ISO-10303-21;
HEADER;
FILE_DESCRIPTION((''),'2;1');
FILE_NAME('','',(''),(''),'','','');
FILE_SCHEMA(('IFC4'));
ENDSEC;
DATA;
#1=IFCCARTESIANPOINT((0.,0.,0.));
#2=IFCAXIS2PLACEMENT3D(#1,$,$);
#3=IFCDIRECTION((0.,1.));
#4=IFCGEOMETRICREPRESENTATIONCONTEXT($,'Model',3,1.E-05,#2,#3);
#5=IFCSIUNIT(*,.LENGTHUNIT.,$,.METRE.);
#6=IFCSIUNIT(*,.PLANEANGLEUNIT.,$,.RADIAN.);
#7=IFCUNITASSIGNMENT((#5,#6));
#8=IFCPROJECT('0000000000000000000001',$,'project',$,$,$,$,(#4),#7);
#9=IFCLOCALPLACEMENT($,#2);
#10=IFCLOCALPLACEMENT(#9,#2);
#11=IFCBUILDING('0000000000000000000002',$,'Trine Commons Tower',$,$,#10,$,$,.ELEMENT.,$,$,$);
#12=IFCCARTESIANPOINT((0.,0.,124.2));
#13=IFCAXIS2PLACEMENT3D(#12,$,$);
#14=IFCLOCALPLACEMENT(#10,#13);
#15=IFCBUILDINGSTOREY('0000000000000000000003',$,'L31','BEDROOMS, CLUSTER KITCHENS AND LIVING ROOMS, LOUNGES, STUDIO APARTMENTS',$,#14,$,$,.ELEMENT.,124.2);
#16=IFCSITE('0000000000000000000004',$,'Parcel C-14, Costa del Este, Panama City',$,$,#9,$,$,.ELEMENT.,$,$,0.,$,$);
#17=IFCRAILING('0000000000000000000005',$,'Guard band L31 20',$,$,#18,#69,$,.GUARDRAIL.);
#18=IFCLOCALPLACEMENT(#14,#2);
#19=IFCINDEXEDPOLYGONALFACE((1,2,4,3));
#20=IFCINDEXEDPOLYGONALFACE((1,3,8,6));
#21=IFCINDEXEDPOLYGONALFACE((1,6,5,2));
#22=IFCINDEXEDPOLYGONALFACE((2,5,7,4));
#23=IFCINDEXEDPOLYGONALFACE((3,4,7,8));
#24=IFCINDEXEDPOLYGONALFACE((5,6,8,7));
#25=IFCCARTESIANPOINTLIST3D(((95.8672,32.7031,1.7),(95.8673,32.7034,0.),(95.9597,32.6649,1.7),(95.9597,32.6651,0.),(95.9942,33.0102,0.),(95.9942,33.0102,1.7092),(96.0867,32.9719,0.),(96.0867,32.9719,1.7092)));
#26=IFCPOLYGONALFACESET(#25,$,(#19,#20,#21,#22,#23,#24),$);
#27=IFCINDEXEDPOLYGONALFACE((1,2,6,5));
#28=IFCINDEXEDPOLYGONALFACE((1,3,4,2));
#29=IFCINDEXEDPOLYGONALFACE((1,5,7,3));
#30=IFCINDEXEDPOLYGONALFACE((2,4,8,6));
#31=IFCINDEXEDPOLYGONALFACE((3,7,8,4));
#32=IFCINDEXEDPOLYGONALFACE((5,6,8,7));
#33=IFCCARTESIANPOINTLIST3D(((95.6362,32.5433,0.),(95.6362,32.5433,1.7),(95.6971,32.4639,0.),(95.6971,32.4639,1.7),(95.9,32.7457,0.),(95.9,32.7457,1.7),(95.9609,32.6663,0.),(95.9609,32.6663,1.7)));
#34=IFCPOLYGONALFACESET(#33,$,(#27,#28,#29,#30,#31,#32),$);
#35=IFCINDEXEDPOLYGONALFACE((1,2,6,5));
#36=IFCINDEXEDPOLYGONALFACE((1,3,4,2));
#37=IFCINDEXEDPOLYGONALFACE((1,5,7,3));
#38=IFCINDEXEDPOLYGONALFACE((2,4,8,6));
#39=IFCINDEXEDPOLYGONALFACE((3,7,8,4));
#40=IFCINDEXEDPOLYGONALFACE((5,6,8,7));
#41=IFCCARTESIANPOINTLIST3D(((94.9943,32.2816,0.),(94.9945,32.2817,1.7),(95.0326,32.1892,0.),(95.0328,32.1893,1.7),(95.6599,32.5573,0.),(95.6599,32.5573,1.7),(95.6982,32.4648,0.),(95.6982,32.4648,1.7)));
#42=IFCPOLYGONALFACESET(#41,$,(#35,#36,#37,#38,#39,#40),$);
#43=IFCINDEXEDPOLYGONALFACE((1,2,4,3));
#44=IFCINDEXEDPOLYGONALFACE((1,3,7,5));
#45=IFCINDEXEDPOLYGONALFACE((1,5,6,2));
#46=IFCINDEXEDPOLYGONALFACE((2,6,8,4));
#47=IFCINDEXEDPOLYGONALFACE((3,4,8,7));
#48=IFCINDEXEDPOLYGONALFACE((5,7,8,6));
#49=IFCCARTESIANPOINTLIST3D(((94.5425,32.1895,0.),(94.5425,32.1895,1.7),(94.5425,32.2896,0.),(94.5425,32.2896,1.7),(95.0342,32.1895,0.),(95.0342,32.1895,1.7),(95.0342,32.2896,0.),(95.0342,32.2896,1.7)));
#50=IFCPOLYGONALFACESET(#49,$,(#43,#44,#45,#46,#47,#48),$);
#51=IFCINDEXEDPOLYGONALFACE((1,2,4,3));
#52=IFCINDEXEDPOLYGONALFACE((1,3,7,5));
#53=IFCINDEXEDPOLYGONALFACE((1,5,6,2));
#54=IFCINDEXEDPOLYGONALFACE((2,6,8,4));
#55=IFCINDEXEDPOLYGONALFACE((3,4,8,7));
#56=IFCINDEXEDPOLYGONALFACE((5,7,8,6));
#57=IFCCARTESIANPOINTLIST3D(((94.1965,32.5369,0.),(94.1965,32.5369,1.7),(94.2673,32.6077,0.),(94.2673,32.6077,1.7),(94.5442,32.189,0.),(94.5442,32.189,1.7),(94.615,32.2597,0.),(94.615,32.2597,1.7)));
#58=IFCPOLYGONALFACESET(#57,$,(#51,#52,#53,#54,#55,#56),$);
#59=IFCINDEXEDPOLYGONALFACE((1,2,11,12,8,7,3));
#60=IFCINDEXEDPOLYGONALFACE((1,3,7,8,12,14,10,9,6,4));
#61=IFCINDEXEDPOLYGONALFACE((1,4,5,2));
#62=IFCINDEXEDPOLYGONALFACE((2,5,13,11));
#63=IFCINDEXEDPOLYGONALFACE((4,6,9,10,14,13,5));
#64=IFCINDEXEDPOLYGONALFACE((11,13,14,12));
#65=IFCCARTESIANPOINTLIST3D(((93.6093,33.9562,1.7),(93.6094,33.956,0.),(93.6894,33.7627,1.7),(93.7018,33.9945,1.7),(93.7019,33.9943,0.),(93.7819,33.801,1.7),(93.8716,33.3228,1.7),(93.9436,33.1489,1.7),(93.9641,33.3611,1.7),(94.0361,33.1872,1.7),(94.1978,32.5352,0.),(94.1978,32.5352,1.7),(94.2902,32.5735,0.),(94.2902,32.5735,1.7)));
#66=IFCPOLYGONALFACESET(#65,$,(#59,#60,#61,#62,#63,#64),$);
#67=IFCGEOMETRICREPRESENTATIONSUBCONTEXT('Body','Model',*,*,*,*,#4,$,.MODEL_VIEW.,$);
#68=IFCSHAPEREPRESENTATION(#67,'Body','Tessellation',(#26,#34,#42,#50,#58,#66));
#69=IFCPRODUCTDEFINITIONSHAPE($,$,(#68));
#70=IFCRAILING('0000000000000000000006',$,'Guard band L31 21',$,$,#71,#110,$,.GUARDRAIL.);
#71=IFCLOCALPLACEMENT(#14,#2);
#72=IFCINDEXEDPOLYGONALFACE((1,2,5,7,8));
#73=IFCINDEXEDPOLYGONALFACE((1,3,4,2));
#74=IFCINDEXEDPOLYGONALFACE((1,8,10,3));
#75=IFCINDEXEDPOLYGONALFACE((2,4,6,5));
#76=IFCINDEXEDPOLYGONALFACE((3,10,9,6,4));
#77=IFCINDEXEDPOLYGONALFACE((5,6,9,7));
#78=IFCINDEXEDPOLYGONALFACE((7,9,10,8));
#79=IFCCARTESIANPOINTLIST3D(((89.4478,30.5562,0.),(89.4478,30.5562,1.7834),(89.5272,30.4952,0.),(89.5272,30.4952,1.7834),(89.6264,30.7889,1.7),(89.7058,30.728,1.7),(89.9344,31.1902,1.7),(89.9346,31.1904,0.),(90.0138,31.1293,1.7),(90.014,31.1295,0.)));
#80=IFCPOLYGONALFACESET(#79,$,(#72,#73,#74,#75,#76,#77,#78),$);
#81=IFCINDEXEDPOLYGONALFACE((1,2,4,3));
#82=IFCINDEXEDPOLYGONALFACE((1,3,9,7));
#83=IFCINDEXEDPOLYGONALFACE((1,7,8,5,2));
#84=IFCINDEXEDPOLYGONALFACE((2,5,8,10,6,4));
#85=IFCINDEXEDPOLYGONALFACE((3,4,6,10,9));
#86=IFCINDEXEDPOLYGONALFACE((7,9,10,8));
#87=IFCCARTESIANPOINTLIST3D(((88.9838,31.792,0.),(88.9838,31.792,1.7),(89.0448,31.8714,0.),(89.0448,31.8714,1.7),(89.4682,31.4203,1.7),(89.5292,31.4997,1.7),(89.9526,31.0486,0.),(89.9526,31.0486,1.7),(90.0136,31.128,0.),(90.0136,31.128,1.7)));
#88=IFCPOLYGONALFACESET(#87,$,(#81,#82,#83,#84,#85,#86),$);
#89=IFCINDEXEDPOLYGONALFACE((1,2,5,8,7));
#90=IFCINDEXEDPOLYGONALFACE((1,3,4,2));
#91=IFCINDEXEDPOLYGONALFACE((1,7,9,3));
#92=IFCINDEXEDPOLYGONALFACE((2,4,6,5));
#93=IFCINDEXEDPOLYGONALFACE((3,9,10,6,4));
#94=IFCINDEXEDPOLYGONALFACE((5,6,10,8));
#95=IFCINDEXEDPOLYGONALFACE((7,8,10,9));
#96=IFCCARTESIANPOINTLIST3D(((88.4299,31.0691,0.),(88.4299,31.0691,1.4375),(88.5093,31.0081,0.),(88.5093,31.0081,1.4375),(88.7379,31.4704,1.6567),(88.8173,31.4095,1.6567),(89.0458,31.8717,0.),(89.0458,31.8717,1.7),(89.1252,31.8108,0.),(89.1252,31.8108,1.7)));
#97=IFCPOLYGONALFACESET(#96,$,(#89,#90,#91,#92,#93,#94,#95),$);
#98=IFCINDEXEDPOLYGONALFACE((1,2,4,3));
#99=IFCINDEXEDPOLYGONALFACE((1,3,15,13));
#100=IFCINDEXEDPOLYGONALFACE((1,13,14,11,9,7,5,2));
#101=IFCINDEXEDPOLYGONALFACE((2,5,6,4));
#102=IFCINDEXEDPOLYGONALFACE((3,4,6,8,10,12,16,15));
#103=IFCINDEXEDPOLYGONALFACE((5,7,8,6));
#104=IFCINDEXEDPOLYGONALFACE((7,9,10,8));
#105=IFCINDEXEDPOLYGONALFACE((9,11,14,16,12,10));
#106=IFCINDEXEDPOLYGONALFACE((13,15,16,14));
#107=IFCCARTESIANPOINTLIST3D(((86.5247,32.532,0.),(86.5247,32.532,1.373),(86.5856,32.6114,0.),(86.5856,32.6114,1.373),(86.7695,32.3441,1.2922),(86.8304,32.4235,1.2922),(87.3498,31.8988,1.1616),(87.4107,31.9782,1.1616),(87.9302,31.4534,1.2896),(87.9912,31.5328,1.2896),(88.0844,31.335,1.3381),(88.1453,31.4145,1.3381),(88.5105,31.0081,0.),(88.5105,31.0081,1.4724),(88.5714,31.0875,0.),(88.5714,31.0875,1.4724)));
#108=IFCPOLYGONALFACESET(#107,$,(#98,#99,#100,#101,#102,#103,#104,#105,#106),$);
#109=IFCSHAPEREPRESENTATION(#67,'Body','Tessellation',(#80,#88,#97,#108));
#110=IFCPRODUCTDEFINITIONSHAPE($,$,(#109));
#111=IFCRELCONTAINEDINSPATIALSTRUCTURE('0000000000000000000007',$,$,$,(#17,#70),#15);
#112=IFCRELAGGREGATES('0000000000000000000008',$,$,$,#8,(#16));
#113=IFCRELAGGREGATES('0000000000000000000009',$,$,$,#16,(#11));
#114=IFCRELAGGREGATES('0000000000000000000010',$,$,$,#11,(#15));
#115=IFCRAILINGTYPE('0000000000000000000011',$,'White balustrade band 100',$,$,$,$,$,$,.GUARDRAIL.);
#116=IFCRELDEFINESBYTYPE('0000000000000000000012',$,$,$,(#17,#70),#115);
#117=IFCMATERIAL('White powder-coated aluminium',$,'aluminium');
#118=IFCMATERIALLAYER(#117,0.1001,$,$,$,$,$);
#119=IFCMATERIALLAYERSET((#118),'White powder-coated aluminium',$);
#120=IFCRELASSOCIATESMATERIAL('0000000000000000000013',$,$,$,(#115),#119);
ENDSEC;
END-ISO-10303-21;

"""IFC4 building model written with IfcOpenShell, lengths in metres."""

from ifc_helpers import new_model, si_unit, direction, frame, origin, place, context, subcontext, project, spatial, polyline, outline, extrude, material, layer, layer_set, type_object, element, save


model = new_model("IFC4")

# Units and contexts
model_context = context("Model", 3, precision=1e-05, world=origin(), true_north=direction((0.0, 1.0)))
body_context = subcontext(model_context, "Body", "Model", "MODEL_VIEW")
ifc_project = project(units=[si_unit("LENGTHUNIT", "METRE"), si_unit("PLANEANGLEUNIT", "RADIAN")], contexts=[model_context])

# Site, building, storey
site_placement = place(None, origin())
site = spatial("IfcSite", under=ifc_project, at=site_placement, Name="Parcel C-14, Costa del Este, Panama City", CompositionType="ELEMENT", RefElevation=0.0)
building_placement = place(site_placement, origin())
building = spatial("IfcBuilding", under=site, at=building_placement, Name="Trine Commons Tower", CompositionType="ELEMENT")
storey_placement = place(building_placement, frame((0.0, 0.0, 124.2)))
storey = spatial("IfcBuildingStorey", under=building, at=storey_placement, Name="L31", Description="BEDROOMS, CLUSTER KITCHENS AND LIVING ROOMS, LOUNGES, STUDIO APARTMENTS", CompositionType="ELEMENT", Elevation=124.2)

# Railings
ifc_material_1 = material(Name="White powder-coated aluminium", Category="aluminium")
ifc_layer_1 = layer(ifc_material_1, 0.1001)
ifc_layer_set_1 = layer_set([ifc_layer_1], Name="White powder-coated aluminium")
railing_type = type_object("IfcRailingType", Name="White balustrade band 100", PredefinedType="GUARDRAIL", material=ifc_layer_set_1)
railing_1_placement = place(storey_placement, origin())
element("IfcRailing", 1, at=railing_1_placement, inside=storey, type_object=railing_type, Name="Guard band L31 20", PredefinedType="GUARDRAIL", context=body_context, shape_type="SweptSolid", body=[
    extrude(outline(polyline([(0.0, 0.0), (0.332, 0.0), (0.3323, 1.7), (0.0, 1.7092), (0.0, 0.0)])), frame((96.0867, 32.9719, 0.0), z_axis=(-0.924053, 0.382265, 0.0), x_axis=(-0.382265, -0.924053, 0.0)), (0.0, 0.0, 1.0), 0.1001),
    extrude(outline(polyline([(0.0, 0.0), (0.3325, 0.0), (0.3325, 1.7), (0.0, 1.7), (0.0, 0.0)])), frame((95.9609, 32.6663, 0.0), z_axis=(-0.608539, 0.793524, 0.0), x_axis=(-0.793524, -0.608539, 0.0)), (0.0, 0.0, 1.0), 0.1001),
    extrude(outline(polyline([(0.0, 0.0), (0.7205, 0.0), (0.7202, 1.7), (0.0, 1.7), (0.0, 0.0)])), frame((95.6982, 32.4648, 0.0), z_axis=(-0.382641, 0.923897, 0.0), x_axis=(-0.923897, -0.382641, 0.0)), (0.0, 0.0, 1.0), 0.1001),
    extrude(outline(polyline([(0.0, 0.0), (0.4917, 0.0), (0.4917, 1.7), (0.0, 1.7), (0.0, 0.0)])), frame((95.0342, 32.1895, 0.0), z_axis=(0.0, 1.0, 0.0), x_axis=(-1.0, 0.0, 0.0)), (0.0, 0.0, 1.0), 0.1001),
    extrude(outline(polyline([(0.0, 0.0), (0.4919, 0.0), (0.4919, 1.7), (0.0, 1.7), (0.0, 0.0)])), frame((94.5442, 32.189, 0.0), z_axis=(0.707355, 0.706859, 0.0), x_axis=(-0.706859, 0.707355, 0.0)), (0.0, 0.0, 1.0), 0.1001),
    extrude(outline(polyline([(0.0, 0.0), (1.5378, 0.0), (1.5381, 1.7), (1.3286, 1.7), (0.8525, 1.7), (0.6643, 1.7), (0.0, 1.7), (0.0, 0.0)])), frame((94.1978, 32.5352, 0.0), z_axis=(0.92392, 0.382585, 0.0), x_axis=(-0.382585, 0.92392, 0.0)), (0.0, 0.0, 1.0), 0.1001),
])
railing_2_placement = place(storey_placement, origin())
element("IfcRailing", 2, at=railing_2_placement, inside=storey, type_object=railing_type, Name="Guard band L31 21", PredefinedType="GUARDRAIL", context=body_context, shape_type="SweptSolid", body=[
    extrude(outline(polyline([(0.0, 0.0), (0.7996, 0.0), (0.7993, 1.7), (0.7993, 1.7), (0.2935, 1.7), (0.0, 1.7834), (0.0, 0.0)])), frame((89.4478, 30.5562, 0.0), z_axis=(0.793282, -0.608855, 0.0), x_axis=(0.608855, 0.793282, 0.0)), (0.0, 0.0, 1.0), 0.1001),
    extrude(outline(polyline([(0.0, 0.0), (1.2212, 0.0), (1.2212, 1.7), (0.6106, 1.7), (0.0, 1.7), (0.0, 0.0)])), frame((89.9526, 31.0486, 0.0), z_axis=(0.608792, 0.79333, 0.0), x_axis=(-0.79333, 0.608792, 0.0)), (0.0, 0.0, 1.0), 0.1001),
    extrude(outline(polyline([(0.0, 0.0), (1.0117, 0.0), (1.0117, 1.4375), (0.5059, 1.6567), (0.0, 1.7), (0.0, 0.0)])), frame((89.1252, 31.8108, 0.0), z_axis=(-0.79335, 0.608766, 0.0), x_axis=(-0.608766, -0.79335, 0.0)), (0.0, 0.0, 1.0), 0.1001),
    extrude(outline(polyline([(0.0, 0.0), (2.5032, 0.0), (2.5032, 1.373), (2.1946, 1.2922), (1.4631, 1.1616), (0.7314, 1.2896), (0.5371, 1.3381), (0.0, 1.4724), (0.0, 0.0)])), frame((88.5105, 31.0081, 0.0), z_axis=(0.608796, 0.793327, 0.0), x_axis=(-0.793327, 0.608796, 0.0)), (0.0, 0.0, 1.0), 0.1001),
])

save(model, "model.ifc")
